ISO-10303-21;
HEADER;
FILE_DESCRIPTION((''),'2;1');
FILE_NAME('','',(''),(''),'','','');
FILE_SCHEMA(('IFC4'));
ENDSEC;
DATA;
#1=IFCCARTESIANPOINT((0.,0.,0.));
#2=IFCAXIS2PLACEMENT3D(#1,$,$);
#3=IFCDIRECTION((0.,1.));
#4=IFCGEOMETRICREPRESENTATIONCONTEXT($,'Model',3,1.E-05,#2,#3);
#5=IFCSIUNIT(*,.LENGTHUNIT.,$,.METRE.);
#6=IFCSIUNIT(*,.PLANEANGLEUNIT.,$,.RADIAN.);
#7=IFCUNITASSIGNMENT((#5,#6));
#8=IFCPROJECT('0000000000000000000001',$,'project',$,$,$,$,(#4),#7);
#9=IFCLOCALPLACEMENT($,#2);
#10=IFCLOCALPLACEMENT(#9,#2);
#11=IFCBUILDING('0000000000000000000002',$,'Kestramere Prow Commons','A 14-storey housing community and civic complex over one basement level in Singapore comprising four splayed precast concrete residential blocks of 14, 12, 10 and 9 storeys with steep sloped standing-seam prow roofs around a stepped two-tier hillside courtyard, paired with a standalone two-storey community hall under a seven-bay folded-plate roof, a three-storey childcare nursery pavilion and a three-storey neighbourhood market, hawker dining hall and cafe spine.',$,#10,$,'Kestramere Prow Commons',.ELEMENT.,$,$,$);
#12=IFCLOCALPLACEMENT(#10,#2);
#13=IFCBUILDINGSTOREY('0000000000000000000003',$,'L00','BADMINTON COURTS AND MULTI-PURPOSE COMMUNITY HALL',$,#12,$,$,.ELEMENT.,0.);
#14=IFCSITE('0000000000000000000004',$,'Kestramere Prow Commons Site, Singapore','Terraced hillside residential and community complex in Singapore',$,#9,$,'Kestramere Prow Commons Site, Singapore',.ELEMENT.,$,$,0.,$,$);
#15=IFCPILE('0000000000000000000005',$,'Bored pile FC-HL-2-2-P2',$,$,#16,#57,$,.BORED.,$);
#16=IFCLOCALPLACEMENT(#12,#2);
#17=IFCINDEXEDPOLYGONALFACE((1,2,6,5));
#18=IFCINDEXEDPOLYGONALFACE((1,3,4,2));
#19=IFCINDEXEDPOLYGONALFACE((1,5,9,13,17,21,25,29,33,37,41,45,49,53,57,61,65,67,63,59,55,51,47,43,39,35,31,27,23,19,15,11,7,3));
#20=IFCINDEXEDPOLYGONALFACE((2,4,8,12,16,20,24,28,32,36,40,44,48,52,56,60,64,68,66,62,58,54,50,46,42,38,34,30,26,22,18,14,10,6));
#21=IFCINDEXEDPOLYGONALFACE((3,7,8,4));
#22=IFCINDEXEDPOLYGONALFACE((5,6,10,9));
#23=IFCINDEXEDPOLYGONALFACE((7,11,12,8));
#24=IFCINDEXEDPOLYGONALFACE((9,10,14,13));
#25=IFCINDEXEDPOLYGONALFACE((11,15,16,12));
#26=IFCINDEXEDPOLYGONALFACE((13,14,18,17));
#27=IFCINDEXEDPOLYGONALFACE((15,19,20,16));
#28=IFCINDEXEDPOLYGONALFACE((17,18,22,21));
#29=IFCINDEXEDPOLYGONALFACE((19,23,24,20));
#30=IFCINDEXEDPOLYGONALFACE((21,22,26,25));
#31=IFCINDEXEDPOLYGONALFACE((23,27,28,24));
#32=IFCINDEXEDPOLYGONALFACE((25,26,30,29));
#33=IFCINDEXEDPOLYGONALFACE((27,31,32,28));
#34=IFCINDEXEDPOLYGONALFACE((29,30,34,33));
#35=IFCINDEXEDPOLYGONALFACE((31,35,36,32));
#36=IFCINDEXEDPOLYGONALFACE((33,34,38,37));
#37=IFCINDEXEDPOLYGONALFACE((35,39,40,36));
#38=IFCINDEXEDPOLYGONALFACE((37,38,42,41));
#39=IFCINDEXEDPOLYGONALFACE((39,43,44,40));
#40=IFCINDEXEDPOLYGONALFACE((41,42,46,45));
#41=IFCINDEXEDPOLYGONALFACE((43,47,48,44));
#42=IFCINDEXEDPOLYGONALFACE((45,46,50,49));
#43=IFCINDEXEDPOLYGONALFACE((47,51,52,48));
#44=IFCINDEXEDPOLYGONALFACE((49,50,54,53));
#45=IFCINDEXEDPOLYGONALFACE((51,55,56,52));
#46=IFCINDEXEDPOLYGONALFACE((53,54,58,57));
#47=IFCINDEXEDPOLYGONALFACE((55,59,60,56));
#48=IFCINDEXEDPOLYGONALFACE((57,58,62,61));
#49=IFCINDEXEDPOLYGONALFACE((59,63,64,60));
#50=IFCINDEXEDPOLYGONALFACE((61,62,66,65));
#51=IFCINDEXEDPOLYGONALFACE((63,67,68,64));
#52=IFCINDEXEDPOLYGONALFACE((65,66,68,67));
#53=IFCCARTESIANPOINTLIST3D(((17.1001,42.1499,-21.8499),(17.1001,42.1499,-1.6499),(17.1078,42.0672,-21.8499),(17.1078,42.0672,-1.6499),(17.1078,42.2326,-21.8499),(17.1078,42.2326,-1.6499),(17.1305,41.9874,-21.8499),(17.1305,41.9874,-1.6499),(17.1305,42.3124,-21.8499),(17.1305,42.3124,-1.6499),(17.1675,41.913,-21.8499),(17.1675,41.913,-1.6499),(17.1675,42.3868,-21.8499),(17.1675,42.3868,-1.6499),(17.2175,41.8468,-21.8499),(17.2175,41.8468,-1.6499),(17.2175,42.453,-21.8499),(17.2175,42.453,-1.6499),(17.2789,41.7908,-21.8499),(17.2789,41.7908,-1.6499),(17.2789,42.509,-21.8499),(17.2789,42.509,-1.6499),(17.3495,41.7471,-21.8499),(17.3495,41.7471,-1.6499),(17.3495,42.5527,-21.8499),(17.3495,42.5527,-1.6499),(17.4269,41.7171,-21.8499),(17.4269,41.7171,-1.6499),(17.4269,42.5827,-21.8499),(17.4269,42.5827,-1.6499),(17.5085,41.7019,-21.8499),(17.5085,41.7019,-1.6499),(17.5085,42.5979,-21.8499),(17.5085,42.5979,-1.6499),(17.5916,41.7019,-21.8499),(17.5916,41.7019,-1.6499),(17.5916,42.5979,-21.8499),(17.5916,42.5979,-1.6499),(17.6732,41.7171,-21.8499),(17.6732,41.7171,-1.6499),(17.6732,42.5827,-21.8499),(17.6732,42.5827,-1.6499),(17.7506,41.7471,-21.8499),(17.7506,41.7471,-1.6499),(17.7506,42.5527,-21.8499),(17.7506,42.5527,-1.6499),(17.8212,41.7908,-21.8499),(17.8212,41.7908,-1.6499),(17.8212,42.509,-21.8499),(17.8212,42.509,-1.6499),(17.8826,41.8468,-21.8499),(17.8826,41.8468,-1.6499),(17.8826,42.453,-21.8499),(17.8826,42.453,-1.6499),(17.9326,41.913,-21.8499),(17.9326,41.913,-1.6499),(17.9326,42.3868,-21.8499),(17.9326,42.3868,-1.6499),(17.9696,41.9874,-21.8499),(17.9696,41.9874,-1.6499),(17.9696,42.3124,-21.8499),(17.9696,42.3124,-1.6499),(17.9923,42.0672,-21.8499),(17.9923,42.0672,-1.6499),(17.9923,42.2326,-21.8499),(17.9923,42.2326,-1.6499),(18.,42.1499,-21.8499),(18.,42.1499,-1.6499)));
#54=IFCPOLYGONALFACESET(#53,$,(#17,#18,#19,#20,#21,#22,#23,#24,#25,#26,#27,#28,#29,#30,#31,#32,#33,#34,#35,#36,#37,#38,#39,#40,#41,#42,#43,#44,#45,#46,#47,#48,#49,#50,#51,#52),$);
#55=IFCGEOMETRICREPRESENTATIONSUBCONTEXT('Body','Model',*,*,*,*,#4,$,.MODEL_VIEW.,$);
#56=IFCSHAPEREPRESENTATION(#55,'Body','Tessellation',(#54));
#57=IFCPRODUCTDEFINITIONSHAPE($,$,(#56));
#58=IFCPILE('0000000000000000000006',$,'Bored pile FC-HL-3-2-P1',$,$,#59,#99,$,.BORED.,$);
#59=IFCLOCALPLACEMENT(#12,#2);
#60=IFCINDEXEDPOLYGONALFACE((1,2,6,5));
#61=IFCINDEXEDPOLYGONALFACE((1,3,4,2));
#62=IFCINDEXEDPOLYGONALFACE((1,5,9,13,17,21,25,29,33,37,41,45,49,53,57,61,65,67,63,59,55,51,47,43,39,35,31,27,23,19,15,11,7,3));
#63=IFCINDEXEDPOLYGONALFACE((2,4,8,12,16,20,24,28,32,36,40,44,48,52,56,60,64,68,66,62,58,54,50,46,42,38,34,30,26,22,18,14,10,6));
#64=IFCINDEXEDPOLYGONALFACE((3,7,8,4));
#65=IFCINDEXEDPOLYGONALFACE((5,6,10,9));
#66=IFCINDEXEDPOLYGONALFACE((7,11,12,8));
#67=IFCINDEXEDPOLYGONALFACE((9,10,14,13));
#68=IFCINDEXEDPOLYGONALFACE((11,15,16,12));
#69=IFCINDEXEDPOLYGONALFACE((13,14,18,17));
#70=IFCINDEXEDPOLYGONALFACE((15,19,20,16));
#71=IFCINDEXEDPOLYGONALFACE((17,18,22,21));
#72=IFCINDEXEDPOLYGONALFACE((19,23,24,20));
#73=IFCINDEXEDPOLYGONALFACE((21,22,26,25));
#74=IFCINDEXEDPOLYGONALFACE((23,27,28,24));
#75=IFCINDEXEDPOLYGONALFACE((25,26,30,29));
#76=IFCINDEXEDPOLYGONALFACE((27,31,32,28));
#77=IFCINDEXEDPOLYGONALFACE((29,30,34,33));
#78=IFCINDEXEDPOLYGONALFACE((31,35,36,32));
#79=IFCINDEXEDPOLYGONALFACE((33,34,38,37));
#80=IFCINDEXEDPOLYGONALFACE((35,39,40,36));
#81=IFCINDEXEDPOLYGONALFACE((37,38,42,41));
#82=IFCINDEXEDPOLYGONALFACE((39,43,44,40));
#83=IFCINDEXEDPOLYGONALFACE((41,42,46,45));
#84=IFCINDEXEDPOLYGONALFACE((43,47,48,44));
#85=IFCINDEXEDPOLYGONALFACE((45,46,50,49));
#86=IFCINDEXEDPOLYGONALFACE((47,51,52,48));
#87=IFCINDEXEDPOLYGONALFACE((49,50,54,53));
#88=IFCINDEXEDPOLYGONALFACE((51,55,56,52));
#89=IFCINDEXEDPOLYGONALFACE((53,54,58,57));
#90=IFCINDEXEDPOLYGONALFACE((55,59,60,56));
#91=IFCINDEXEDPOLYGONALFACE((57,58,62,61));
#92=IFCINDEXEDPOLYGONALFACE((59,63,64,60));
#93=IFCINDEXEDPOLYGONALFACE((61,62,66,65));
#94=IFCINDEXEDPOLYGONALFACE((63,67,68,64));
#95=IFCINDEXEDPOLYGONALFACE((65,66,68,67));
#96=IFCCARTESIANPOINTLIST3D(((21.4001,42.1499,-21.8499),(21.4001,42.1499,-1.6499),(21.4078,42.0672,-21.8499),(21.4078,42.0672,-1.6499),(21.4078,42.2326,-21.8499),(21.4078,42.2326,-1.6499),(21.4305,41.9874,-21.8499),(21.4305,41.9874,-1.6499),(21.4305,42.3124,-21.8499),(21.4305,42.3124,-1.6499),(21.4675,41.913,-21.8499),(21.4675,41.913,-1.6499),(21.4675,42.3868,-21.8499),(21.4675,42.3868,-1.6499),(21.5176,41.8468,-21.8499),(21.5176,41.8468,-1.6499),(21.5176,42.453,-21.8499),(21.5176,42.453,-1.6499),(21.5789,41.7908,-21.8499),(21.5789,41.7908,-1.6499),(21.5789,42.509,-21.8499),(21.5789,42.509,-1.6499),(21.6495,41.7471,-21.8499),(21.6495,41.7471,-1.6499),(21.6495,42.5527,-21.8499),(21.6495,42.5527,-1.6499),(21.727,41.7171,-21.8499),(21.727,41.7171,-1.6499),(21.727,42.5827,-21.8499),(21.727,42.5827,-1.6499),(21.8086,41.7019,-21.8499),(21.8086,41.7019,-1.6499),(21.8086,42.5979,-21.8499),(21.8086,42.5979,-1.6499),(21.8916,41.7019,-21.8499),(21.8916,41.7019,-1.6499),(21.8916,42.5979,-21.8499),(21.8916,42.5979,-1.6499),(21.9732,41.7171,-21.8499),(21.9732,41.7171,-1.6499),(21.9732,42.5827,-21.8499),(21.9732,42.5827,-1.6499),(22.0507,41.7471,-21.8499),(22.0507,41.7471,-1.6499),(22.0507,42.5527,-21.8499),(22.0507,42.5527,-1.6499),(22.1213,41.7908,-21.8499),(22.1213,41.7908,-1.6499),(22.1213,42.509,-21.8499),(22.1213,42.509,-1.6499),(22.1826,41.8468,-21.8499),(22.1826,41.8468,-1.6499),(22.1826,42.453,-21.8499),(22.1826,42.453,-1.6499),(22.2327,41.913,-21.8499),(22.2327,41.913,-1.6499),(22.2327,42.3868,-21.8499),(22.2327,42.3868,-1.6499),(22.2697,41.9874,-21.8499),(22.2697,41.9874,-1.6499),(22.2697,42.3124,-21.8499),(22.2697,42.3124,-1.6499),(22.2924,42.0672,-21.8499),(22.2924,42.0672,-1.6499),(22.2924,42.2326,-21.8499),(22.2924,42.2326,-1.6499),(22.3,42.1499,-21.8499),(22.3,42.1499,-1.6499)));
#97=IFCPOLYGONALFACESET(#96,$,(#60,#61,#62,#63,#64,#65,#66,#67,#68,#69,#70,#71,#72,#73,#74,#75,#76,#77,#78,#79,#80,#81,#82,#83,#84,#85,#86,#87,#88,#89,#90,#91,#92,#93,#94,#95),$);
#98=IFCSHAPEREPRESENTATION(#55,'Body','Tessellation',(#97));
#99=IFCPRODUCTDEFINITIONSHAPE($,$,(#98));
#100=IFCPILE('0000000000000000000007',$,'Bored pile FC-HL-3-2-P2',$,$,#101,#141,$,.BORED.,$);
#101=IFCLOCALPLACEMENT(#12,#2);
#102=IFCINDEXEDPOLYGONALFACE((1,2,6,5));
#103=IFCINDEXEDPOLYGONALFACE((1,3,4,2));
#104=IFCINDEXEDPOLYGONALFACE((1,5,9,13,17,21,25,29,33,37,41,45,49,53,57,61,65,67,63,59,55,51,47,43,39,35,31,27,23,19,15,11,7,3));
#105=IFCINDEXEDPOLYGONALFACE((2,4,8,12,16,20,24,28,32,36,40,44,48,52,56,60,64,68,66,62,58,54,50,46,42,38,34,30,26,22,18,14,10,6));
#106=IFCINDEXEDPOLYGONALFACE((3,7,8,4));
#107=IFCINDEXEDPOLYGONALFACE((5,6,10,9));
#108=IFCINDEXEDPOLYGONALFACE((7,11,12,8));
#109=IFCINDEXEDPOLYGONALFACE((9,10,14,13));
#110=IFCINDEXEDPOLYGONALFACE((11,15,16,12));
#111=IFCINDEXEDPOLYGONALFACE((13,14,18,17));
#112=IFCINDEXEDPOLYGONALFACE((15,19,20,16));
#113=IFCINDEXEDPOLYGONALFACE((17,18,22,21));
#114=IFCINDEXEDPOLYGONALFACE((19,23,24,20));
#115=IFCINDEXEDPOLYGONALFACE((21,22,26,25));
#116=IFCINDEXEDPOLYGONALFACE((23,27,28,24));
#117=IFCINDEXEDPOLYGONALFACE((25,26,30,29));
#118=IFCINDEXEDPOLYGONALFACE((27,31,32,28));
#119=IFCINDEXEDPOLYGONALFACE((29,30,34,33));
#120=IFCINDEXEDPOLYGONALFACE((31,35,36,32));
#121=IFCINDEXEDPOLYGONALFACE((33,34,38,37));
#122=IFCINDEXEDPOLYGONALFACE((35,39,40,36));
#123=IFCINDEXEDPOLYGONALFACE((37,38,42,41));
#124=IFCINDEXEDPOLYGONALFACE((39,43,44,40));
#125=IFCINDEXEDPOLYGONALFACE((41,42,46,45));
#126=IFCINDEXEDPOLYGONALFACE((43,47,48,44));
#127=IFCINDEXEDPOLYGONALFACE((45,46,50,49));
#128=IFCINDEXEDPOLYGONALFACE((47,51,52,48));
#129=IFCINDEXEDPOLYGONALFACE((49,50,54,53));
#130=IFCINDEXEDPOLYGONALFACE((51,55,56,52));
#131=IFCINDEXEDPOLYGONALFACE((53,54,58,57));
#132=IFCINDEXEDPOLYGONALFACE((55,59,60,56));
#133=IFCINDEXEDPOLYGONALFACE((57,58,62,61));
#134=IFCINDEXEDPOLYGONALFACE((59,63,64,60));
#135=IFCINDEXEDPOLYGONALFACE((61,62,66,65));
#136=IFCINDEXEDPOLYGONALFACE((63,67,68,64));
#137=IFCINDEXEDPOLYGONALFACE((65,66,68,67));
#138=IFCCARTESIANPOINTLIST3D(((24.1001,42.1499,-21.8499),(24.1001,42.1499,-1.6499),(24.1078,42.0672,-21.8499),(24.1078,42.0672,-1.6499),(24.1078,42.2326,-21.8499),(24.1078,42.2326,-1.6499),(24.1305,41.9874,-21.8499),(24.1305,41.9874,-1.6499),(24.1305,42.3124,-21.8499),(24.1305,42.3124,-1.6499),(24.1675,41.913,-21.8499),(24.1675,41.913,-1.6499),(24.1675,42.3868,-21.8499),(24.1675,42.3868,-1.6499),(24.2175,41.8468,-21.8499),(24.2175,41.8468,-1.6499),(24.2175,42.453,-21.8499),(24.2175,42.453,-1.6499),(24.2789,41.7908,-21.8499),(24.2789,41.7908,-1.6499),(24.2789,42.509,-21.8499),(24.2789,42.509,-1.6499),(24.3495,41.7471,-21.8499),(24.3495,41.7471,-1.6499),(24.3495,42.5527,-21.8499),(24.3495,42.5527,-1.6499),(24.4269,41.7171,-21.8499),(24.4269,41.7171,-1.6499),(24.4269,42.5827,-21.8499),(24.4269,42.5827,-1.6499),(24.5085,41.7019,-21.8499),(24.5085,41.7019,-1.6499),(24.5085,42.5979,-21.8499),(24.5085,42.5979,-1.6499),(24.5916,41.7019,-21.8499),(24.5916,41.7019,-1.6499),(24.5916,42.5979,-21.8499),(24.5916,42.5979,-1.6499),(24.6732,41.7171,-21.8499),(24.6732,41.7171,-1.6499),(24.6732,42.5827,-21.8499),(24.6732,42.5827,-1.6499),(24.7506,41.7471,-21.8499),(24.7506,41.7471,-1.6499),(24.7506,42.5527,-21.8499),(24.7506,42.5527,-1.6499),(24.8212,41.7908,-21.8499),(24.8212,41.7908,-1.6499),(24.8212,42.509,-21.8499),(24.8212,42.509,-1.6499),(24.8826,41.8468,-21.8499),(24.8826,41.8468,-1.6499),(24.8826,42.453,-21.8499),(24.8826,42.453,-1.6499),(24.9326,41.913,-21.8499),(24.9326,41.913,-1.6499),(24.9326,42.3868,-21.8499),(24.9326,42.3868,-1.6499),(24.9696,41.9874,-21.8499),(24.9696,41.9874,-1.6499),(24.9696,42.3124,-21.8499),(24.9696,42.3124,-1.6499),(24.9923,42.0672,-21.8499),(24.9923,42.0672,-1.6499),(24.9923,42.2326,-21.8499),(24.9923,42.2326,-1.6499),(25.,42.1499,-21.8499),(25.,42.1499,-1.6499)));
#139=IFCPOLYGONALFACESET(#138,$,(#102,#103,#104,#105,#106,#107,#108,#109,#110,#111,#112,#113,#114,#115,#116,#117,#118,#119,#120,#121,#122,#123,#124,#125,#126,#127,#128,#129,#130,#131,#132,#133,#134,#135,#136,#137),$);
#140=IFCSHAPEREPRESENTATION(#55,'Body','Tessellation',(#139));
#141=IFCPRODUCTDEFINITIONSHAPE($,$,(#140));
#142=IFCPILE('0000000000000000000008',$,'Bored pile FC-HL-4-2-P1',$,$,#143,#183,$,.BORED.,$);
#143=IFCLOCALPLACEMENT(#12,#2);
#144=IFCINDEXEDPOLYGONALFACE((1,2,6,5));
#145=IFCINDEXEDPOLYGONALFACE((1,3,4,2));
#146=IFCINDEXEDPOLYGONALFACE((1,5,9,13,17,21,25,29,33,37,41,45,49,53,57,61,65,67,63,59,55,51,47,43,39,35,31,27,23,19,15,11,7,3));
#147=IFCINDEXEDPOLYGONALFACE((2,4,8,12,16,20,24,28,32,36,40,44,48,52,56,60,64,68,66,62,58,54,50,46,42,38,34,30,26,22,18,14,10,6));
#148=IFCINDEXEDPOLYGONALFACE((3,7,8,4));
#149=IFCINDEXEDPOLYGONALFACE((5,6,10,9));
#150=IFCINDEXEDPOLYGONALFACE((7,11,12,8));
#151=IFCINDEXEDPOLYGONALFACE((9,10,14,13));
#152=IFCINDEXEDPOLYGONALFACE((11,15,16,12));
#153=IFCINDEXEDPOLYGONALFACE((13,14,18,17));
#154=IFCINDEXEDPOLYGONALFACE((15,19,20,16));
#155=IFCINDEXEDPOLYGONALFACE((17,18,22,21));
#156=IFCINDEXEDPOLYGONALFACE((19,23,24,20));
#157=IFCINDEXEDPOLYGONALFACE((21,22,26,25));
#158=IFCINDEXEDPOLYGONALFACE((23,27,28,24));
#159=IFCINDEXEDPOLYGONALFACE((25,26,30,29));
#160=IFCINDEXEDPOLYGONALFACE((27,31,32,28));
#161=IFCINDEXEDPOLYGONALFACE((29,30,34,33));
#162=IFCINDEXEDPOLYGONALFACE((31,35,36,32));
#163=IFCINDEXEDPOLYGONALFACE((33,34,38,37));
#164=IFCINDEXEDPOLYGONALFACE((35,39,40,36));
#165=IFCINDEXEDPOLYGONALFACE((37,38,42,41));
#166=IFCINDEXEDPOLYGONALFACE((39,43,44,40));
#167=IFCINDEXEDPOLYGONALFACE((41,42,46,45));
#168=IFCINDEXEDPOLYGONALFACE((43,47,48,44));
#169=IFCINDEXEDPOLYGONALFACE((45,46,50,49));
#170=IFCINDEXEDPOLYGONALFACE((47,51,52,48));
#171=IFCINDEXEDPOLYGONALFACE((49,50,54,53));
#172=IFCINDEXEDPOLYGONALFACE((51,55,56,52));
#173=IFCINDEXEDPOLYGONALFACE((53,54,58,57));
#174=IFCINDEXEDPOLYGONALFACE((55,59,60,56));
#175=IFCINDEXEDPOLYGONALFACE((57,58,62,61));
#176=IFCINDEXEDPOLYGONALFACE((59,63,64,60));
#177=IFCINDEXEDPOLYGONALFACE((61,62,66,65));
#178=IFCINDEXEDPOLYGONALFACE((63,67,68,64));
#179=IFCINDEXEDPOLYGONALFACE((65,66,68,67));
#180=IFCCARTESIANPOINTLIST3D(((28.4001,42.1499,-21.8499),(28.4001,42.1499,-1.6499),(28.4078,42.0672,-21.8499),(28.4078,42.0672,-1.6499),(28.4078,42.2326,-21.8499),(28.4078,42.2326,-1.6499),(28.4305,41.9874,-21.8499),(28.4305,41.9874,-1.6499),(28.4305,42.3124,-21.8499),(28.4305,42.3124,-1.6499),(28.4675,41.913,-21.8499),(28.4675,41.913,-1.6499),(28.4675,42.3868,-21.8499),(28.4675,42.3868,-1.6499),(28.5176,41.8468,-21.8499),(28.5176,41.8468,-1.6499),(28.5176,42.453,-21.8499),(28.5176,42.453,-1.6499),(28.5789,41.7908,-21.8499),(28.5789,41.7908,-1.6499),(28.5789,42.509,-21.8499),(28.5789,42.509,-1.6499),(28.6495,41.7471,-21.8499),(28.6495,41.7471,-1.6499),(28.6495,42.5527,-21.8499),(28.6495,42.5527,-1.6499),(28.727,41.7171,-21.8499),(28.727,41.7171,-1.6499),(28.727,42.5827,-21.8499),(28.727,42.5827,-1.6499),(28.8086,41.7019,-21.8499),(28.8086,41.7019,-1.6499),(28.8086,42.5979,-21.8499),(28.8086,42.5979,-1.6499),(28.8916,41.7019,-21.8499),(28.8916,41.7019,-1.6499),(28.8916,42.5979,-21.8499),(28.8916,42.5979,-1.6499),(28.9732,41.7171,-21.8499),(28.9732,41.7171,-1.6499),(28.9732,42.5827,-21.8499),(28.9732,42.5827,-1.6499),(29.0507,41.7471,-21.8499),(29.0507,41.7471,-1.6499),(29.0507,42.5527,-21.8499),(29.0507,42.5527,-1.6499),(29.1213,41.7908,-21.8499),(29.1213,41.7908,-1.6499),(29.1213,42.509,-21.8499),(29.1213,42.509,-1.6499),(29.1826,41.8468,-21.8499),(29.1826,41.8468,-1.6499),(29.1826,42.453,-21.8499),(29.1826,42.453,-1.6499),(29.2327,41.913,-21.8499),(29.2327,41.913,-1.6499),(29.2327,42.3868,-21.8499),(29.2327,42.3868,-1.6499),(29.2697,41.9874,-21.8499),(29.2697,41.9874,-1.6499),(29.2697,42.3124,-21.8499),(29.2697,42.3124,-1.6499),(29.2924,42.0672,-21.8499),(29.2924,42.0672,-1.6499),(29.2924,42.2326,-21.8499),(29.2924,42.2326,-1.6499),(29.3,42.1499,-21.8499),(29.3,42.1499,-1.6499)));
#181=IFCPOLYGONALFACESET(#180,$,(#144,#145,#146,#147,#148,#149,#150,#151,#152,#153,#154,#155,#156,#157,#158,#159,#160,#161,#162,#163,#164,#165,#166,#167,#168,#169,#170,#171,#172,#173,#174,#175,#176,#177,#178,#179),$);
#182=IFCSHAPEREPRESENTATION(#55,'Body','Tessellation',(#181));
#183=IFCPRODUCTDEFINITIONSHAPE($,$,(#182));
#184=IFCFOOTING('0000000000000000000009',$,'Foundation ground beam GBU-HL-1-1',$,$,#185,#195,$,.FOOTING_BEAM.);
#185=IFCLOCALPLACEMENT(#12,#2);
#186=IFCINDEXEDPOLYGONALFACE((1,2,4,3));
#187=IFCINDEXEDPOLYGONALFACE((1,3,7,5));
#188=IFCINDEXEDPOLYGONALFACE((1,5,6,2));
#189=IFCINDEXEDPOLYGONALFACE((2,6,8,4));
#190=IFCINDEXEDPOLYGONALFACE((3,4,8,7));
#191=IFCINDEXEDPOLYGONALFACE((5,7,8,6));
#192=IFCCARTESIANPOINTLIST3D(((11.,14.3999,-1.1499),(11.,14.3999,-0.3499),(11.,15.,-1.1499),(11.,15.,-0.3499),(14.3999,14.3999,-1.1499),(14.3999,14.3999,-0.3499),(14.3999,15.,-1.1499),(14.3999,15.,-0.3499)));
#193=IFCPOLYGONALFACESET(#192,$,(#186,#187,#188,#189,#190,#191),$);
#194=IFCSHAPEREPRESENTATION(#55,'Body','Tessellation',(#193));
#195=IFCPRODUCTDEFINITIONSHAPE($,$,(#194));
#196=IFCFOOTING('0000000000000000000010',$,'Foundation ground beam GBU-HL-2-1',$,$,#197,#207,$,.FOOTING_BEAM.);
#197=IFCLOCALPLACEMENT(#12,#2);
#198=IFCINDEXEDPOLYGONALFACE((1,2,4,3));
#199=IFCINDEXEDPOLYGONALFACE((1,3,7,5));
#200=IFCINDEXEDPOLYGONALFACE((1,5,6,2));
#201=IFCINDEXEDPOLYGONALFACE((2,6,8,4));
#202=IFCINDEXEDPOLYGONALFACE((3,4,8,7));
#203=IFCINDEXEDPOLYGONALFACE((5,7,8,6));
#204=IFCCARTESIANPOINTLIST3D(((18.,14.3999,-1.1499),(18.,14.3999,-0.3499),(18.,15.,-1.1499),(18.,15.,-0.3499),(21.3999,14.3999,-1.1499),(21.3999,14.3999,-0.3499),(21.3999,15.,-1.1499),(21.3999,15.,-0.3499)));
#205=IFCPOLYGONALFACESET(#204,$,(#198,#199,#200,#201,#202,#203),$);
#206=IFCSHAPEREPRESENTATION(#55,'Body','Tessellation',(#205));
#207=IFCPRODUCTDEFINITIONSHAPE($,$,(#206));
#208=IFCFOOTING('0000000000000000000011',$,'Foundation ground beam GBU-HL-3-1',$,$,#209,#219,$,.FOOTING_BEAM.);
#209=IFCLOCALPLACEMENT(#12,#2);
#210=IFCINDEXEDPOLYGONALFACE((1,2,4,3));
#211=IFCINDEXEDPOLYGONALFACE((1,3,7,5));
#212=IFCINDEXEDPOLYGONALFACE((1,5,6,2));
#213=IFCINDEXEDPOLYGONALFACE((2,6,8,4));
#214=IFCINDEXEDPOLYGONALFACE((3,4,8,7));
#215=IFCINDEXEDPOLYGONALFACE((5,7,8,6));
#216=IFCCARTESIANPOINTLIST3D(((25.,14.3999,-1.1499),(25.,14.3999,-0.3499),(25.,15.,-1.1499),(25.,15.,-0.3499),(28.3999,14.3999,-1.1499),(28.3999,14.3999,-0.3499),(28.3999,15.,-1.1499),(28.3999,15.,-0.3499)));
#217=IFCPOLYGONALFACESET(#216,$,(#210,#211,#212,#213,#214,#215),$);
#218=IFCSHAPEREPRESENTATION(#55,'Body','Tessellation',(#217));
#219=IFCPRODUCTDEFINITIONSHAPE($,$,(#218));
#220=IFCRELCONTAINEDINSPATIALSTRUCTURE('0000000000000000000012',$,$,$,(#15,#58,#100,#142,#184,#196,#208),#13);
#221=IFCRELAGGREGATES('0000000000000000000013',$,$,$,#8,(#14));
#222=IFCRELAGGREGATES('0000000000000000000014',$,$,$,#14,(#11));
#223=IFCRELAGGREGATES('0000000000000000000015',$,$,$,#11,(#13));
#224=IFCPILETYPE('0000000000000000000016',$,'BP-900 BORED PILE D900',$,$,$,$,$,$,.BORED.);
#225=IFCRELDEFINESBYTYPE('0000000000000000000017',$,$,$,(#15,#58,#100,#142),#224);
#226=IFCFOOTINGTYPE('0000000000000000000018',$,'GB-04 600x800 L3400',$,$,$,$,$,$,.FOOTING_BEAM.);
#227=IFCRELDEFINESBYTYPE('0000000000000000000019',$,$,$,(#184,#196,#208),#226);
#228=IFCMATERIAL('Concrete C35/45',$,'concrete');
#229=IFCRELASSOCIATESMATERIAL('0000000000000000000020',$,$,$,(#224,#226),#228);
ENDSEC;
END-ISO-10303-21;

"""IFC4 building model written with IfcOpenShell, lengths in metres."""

from ifc_helpers import new_model, si_unit, direction, frame, origin, origin_2d, place, context, subcontext, project, spatial, rectangle, circle, extrude, material, material_profile, profile_set, type_object, element, save


model = new_model("IFC4")

# Units and contexts
model_context = context("Model", 3, precision=1e-05, world=origin(), true_north=direction((0.0, 1.0)))
body_context = subcontext(model_context, "Body", "Model", "MODEL_VIEW")
ifc_project = project(units=[si_unit("LENGTHUNIT", "METRE"), si_unit("PLANEANGLEUNIT", "RADIAN")], contexts=[model_context])

# Site, building, storey
site_placement = place(None, origin())
site = spatial("IfcSite", under=ifc_project, at=site_placement, Name="Kestramere Prow Commons Site, Singapore", Description="Terraced hillside residential and community complex in Singapore", LongName="Kestramere Prow Commons Site, Singapore", CompositionType="ELEMENT", RefElevation=0.0)
building_placement = place(site_placement, origin())
building = spatial("IfcBuilding", under=site, at=building_placement, Name="Kestramere Prow Commons", Description="A 14-storey housing community and civic complex over one basement level in Singapore comprising four splayed precast concrete residential blocks of 14, 12, 10 and 9 storeys with steep sloped standing-seam prow roofs around a stepped two-tier hillside courtyard, paired with a standalone two-storey community hall under a seven-bay folded-plate roof, a three-storey childcare nursery pavilion and a three-storey neighbourhood market, hawker dining hall and cafe spine.", LongName="Kestramere Prow Commons", CompositionType="ELEMENT")
storey_placement = place(building_placement, origin())
storey = spatial("IfcBuildingStorey", under=building, at=storey_placement, Name="L00", Description="BADMINTON COURTS AND MULTI-PURPOSE COMMUNITY HALL", CompositionType="ELEMENT", Elevation=0.0)

# Piles
ifc_material_1 = material(Name="Concrete C35/45", Category="concrete")
ifc_material_profile_1 = material_profile(ifc_material_1, circle(Radius=0.45, at=origin_2d()), Name="BORED PILE D900")
ifc_profile_set_1 = profile_set([ifc_material_profile_1], Name="Concrete C35/45")
pile_type_1 = type_object("IfcPileType", Name="BP-900 BORED PILE D900", PredefinedType="BORED", material=ifc_profile_set_1)
for number, where, z_axis, x_axis, name in (
    (1, (17.55, 42.1499, -1.6499), (0.0, 0.0, -1.0), (1.0, 0.0, 0.0), "Bored pile FC-HL-2-2-P2"),
    (2, (21.8501, 42.1499, -1.6499), (0.0, 0.0, -1.0), (1.0, 0.0, 0.0), "Bored pile FC-HL-3-2-P1"),
    (3, (24.55, 42.1499, -1.6499), (0.0, 0.0, -1.0), (1.0, 0.0, 0.0), "Bored pile FC-HL-3-2-P2"),
    (4, (28.8501, 42.1499, -1.6499), (0.0, 0.0, -1.0), (1.0, 0.0, 0.0), "Bored pile FC-HL-4-2-P1"),
):
    element("IfcPile", number, at=place(storey_placement, frame(where, z_axis=z_axis, x_axis=x_axis)), inside=storey, type_object=pile_type_1, Name=name, PredefinedType="BORED", context=body_context, shape_type="SweptSolid", body=[
        extrude(circle(Radius=0.45, at=origin_2d()), origin(), (0.0, 0.0, 1.0), 20.2),
    ])

# Footings
footing_type_1 = type_object("IfcFootingType", Name="GB-04 600x800 L3400", PredefinedType="FOOTING_BEAM", material=ifc_material_1)
for number, where, z_axis, x_axis, name in (
    (5, (12.7, 14.7, -1.1499), (0.0, 0.0, 1.0), (1.0, 0.0, 0.0), "Foundation ground beam GBU-HL-1-1"),
    (6, (19.7, 14.7, -1.1499), (0.0, 0.0, 1.0), (1.0, 0.0, 0.0), "Foundation ground beam GBU-HL-2-1"),
    (7, (26.7, 14.7, -1.1499), (0.0, 0.0, 1.0), (1.0, 0.0, 0.0), "Foundation ground beam GBU-HL-3-1"),
):
    element("IfcFooting", number, at=place(storey_placement, frame(where, z_axis=z_axis, x_axis=x_axis)), inside=storey, type_object=footing_type_1, Name=name, PredefinedType="FOOTING_BEAM", context=body_context, shape_type="SweptSolid", body=[
        extrude(rectangle(XDim=3.3999, YDim=0.6001, at=origin_2d()), origin(), (0.0, 0.0, 1.0), 0.8),
    ])

save(model, "model.ifc")
